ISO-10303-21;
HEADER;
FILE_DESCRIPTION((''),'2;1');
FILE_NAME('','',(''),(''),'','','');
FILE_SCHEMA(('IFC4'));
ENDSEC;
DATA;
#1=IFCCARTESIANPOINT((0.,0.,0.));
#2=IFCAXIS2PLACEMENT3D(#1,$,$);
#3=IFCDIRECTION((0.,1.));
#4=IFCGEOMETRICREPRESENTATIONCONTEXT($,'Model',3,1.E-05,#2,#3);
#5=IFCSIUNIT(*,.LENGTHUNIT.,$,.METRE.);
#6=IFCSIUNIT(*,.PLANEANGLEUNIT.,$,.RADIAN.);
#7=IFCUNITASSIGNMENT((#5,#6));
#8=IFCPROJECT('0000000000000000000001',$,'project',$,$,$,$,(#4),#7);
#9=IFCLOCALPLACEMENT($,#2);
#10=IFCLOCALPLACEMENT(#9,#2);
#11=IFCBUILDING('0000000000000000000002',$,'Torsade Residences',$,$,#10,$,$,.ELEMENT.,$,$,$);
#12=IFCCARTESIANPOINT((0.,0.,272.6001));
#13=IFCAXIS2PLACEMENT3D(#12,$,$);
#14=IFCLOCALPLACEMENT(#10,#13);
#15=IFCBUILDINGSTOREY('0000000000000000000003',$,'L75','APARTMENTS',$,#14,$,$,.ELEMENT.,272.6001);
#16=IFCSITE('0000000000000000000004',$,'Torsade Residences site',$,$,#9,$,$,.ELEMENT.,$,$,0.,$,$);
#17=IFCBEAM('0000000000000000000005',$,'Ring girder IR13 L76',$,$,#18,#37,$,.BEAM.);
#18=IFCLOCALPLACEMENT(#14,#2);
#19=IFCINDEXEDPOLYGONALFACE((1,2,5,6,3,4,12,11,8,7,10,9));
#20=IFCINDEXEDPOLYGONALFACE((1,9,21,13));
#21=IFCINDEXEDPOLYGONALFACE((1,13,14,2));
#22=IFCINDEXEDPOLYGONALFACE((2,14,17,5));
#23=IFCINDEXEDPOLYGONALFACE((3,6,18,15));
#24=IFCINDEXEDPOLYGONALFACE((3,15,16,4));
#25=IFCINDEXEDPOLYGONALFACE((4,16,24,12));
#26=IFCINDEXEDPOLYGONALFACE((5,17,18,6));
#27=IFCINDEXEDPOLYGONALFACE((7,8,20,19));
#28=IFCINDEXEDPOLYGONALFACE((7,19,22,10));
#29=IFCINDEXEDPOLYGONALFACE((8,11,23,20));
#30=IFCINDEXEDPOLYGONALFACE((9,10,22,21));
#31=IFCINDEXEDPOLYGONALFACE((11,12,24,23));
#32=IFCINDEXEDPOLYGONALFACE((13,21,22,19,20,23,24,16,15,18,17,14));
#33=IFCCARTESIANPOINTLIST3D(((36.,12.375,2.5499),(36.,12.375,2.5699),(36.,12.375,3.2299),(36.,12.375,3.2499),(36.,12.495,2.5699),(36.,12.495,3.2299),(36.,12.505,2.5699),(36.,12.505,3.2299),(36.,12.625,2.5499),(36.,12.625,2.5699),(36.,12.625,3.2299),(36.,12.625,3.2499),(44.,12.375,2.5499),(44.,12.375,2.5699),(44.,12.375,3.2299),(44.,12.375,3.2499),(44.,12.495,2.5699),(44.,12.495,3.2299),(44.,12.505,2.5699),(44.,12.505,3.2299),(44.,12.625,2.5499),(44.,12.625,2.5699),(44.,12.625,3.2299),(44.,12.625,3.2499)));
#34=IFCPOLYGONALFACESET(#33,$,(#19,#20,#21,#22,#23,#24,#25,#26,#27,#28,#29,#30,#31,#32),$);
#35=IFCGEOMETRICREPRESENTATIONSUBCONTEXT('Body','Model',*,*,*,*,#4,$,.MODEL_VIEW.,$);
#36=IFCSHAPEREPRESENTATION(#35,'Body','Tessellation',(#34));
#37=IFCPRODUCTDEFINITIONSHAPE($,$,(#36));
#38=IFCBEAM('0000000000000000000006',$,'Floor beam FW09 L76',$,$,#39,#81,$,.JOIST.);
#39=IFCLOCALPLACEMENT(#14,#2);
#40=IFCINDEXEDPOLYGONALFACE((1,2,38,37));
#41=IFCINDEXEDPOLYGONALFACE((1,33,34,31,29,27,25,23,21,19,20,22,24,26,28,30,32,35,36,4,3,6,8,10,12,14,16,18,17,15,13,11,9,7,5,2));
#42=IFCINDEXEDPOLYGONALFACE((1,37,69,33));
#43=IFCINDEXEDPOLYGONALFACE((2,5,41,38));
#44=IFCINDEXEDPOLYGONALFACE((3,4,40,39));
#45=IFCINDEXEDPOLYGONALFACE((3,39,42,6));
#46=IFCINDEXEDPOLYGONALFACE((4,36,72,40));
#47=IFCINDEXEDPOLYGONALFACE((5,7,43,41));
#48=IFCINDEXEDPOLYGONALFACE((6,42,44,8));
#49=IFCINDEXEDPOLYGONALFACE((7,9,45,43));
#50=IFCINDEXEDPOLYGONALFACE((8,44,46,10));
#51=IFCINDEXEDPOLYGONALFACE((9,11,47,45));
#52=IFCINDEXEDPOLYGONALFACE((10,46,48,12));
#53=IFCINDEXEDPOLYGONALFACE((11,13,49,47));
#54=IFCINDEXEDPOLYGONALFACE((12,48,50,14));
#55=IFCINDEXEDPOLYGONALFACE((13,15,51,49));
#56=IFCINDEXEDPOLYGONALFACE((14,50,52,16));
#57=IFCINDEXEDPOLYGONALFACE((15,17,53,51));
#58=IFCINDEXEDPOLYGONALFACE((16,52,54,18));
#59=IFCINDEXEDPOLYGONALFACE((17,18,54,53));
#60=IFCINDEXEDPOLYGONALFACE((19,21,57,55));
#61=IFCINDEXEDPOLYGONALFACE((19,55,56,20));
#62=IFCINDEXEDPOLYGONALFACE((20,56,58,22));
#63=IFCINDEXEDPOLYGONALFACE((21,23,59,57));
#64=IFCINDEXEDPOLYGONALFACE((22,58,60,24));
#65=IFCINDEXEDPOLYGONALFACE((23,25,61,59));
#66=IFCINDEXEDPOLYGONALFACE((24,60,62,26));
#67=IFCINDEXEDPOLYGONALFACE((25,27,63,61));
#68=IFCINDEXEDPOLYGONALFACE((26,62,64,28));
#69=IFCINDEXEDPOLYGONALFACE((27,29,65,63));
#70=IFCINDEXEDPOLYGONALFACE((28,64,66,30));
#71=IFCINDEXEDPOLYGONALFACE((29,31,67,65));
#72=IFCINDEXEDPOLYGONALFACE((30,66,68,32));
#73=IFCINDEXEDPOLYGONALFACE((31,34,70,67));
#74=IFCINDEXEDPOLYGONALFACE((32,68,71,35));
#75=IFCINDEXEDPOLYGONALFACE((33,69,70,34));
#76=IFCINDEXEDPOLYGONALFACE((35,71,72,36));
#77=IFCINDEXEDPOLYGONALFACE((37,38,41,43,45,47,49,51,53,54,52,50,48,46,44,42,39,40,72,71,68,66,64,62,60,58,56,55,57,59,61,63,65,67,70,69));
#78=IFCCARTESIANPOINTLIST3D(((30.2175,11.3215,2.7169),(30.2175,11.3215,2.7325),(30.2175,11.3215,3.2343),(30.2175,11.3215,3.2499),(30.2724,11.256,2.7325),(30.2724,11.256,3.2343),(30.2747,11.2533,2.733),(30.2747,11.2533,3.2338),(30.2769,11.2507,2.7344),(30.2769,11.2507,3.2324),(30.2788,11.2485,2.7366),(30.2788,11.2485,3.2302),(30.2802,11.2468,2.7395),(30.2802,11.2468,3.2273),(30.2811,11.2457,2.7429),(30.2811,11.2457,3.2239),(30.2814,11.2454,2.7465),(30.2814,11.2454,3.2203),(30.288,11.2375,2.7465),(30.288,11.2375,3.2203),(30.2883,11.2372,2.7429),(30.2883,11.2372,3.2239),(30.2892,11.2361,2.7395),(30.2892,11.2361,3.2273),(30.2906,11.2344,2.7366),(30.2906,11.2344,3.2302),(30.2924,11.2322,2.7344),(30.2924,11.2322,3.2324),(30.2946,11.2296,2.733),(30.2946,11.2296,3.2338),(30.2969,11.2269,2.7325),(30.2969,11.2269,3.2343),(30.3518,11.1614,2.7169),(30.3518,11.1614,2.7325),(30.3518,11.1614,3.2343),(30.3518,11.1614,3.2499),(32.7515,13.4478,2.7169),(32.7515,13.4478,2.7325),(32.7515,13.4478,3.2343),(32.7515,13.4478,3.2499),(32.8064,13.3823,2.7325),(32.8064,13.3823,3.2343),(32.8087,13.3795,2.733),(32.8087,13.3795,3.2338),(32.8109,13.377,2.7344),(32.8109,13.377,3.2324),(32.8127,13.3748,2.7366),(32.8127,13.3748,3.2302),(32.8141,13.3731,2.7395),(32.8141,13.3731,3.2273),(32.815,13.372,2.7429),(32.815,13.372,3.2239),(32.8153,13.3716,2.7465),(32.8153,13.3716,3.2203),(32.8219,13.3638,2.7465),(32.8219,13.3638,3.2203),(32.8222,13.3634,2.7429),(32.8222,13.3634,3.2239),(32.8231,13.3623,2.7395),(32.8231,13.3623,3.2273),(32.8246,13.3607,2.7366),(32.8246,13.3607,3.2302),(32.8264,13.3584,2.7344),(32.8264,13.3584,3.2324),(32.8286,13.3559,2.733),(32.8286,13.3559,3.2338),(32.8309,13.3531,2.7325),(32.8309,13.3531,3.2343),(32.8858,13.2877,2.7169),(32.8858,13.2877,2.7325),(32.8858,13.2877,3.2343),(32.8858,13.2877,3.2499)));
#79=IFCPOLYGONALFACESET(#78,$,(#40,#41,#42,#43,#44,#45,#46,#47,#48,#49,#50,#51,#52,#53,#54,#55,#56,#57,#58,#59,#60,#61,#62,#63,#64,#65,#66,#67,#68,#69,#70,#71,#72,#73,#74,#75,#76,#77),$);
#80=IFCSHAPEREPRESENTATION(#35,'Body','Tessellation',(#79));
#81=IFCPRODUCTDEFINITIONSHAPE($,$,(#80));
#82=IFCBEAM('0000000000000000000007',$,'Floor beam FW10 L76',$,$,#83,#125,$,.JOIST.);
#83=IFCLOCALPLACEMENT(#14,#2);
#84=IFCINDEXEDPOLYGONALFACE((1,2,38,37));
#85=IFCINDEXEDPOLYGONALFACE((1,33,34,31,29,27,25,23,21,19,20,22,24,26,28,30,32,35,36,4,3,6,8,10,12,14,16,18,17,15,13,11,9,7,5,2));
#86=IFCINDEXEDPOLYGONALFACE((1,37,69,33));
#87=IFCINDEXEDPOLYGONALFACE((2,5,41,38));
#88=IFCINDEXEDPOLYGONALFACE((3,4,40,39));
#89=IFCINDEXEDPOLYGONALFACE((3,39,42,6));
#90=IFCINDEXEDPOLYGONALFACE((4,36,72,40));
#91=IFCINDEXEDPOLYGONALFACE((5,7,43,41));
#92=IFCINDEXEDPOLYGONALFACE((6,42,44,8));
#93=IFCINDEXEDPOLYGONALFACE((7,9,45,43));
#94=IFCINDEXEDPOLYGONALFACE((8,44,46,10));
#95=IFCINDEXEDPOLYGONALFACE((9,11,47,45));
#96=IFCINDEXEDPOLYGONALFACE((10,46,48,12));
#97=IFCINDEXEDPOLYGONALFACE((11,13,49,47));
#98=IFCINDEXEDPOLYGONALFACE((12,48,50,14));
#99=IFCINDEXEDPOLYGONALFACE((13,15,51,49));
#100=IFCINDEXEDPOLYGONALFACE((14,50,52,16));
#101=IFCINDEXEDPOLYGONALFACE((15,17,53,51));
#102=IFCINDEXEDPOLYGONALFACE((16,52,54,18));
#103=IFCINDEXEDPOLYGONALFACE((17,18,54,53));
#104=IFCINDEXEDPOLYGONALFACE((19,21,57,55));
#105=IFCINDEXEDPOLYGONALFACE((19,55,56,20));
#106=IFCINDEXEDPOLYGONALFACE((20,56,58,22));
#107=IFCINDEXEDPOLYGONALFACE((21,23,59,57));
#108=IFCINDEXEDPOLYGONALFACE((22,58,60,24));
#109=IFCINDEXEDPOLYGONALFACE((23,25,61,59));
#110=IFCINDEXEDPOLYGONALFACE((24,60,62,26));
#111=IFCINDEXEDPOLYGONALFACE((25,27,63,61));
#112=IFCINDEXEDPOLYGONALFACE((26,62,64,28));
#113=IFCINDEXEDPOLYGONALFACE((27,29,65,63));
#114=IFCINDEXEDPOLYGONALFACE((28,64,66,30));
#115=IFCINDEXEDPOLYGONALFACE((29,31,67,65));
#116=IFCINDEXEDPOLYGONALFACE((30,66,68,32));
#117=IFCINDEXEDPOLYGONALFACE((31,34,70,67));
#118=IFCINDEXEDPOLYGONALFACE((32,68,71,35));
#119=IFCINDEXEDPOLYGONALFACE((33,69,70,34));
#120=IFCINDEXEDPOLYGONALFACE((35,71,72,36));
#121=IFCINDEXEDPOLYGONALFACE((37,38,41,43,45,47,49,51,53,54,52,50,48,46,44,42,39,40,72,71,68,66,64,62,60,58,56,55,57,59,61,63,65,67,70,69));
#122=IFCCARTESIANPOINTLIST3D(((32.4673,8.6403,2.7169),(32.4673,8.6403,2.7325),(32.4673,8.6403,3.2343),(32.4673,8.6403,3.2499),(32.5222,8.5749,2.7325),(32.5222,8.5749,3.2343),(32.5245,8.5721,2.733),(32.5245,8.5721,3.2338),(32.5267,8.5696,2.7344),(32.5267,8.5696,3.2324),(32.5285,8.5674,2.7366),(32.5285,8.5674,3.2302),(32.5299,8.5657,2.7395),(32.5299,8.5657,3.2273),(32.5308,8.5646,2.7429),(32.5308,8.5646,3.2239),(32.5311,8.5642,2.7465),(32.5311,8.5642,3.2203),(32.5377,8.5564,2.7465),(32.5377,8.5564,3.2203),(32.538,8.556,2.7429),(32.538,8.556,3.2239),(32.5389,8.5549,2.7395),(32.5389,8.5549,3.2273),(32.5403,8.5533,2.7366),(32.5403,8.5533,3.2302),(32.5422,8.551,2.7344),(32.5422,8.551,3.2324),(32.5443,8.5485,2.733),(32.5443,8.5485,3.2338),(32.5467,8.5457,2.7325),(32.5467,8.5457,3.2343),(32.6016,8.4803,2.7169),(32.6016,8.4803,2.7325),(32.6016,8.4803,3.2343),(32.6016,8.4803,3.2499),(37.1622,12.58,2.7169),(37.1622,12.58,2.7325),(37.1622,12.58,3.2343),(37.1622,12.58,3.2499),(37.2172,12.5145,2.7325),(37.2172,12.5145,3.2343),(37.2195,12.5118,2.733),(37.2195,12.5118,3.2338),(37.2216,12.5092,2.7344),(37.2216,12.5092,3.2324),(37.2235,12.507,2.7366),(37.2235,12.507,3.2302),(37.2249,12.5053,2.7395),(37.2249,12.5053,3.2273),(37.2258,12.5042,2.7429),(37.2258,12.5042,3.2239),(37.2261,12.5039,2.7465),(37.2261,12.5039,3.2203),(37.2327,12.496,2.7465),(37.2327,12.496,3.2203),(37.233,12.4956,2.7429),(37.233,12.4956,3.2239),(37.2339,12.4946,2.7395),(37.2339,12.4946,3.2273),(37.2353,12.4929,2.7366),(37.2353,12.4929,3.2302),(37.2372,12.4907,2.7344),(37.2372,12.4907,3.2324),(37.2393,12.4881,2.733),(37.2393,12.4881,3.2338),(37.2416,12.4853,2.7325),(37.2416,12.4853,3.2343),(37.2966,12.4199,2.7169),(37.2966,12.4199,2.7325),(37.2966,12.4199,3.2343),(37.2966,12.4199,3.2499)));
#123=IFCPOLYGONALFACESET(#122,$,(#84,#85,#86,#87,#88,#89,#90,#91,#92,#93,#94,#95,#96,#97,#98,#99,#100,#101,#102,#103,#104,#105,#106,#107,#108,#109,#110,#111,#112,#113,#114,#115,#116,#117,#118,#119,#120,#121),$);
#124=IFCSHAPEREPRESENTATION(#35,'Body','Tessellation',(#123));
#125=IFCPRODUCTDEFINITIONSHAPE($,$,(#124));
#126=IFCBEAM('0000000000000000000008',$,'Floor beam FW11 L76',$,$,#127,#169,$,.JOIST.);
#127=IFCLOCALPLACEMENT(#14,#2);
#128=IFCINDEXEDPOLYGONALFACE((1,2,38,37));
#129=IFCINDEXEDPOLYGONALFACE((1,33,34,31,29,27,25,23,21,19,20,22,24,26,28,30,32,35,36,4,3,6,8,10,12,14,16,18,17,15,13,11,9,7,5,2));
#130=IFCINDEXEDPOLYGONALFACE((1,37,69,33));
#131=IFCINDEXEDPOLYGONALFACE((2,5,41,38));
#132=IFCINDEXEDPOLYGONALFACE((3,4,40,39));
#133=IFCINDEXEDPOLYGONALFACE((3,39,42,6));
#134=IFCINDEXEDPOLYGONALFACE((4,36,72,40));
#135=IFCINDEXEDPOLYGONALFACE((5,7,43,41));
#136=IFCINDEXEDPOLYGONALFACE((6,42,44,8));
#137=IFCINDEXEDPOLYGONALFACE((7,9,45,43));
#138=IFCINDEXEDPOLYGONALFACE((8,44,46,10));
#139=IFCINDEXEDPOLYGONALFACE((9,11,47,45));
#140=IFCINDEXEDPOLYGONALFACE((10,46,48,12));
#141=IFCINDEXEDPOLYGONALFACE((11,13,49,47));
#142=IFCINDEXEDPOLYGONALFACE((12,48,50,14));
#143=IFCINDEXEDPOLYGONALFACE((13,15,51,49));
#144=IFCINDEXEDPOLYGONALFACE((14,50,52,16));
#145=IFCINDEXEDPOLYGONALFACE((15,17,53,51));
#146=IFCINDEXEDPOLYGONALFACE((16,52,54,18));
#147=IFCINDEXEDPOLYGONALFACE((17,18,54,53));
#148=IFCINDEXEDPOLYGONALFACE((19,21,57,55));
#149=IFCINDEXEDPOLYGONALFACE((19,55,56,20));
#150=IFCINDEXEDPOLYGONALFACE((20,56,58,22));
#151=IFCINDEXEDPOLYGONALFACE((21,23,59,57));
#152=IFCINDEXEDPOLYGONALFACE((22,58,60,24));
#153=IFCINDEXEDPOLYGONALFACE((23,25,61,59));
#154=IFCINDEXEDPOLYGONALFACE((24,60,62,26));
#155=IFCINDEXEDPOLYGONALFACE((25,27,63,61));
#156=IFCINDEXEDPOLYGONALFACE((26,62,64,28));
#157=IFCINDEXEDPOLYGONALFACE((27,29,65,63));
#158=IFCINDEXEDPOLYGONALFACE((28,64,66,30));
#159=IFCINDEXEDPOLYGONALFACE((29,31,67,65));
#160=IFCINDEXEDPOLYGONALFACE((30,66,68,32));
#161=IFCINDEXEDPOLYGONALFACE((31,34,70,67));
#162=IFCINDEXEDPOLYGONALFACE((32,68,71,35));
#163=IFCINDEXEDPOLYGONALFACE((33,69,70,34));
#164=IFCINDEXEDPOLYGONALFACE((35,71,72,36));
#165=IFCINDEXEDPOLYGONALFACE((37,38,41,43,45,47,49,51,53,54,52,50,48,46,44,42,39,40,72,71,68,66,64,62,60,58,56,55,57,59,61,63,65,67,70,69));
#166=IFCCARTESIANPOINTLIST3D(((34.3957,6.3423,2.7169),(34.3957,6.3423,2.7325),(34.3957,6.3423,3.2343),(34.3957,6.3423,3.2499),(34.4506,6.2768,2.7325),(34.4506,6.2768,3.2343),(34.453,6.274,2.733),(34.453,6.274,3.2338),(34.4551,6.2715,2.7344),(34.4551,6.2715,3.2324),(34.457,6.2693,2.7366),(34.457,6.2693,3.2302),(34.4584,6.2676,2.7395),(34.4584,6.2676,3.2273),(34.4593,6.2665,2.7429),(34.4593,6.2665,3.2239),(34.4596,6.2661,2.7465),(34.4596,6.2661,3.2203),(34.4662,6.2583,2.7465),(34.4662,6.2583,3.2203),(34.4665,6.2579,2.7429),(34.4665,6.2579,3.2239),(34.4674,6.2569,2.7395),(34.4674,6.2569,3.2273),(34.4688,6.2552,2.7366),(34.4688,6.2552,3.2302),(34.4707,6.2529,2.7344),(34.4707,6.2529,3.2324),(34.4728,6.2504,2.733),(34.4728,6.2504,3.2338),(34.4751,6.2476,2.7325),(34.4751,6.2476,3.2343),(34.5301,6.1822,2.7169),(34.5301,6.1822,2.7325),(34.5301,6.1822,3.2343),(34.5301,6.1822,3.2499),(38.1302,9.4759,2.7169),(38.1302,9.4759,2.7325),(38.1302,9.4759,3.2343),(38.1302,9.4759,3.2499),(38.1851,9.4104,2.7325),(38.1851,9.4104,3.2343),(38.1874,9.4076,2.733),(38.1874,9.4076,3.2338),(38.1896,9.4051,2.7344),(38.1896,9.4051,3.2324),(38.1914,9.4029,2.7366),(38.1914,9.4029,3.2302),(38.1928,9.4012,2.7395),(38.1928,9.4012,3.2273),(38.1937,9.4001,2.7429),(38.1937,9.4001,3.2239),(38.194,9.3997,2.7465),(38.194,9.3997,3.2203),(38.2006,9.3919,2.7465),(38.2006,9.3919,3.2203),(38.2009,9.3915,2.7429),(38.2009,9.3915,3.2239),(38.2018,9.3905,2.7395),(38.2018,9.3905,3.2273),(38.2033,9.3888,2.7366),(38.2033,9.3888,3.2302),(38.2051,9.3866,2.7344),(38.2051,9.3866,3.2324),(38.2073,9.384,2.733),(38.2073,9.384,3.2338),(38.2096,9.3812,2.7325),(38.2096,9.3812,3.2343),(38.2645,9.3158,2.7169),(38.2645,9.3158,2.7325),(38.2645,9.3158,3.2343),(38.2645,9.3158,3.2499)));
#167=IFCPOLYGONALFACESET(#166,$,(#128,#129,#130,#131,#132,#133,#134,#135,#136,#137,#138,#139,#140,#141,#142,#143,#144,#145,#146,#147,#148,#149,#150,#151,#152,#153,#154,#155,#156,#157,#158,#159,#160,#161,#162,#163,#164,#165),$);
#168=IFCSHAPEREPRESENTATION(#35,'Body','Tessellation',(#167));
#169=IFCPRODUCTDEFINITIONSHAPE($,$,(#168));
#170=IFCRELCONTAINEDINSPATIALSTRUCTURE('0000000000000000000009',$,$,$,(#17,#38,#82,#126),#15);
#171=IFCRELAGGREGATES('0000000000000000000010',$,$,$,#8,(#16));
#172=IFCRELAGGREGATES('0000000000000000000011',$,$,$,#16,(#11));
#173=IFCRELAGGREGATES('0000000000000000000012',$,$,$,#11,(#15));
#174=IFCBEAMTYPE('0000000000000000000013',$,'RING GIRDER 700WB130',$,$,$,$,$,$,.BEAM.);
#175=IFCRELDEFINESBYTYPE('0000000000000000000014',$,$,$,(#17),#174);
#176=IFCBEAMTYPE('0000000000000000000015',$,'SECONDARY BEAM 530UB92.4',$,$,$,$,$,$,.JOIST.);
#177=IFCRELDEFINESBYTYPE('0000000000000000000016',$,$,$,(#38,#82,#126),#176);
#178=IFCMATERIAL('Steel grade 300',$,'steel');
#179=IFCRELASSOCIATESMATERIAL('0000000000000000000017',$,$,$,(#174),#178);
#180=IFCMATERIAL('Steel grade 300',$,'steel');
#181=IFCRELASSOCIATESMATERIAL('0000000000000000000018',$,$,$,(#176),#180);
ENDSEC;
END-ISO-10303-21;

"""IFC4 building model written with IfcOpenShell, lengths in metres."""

from ifc_helpers import new_model, si_unit, direction, frame, origin, origin_2d, place, context, subcontext, project, spatial, i_section, extrude, material, material_profile, profile_set, type_object, element, save


model = new_model("IFC4")

# Units and contexts
model_context = context("Model", 3, precision=1e-05, world=origin(), true_north=direction((0.0, 1.0)))
body_context = subcontext(model_context, "Body", "Model", "MODEL_VIEW")
ifc_project = project(units=[si_unit("LENGTHUNIT", "METRE"), si_unit("PLANEANGLEUNIT", "RADIAN")], contexts=[model_context])

# Site, building, storey
site_placement = place(None, origin())
site = spatial("IfcSite", under=ifc_project, at=site_placement, Name="Torsade Residences site", CompositionType="ELEMENT", RefElevation=0.0)
building_placement = place(site_placement, origin())
building = spatial("IfcBuilding", under=site, at=building_placement, Name="Torsade Residences", CompositionType="ELEMENT")
storey_placement = place(building_placement, frame((0.0, 0.0, 272.6001)))
storey = spatial("IfcBuildingStorey", under=building, at=storey_placement, Name="L75", Description="APARTMENTS", CompositionType="ELEMENT", Elevation=272.6001)

# Beams
ifc_material_1 = material(Name="Steel grade 300", Category="steel")
ifc_material_profile_1 = material_profile(ifc_material_1, i_section(OverallWidth=0.25, OverallDepth=0.7, WebThickness=0.01, FlangeThickness=0.02, at=origin_2d()), Name="700WB130")
ifc_profile_set_1 = profile_set([ifc_material_profile_1], Name="Steel grade 300")
beam_type_1 = type_object("IfcBeamType", Name="RING GIRDER 700WB130", PredefinedType="BEAM", material=ifc_profile_set_1)
beam_1_placement = place(storey_placement, frame((36.0, 12.5, 2.8999), z_axis=(1.0, 0.0, 0.0), x_axis=(0.0, 1.0, 0.0)))
element("IfcBeam", 1, at=beam_1_placement, inside=storey, type_object=beam_type_1, Name="Ring girder IR13 L76", PredefinedType="BEAM", context=body_context, shape_type="SweptSolid", body=[
    extrude(i_section(OverallWidth=0.25, OverallDepth=0.7, WebThickness=0.01, FlangeThickness=0.02, at=origin_2d()), origin(), (0.0, 0.0, 1.0), 8.0),
])
ifc_material_2 = material(Name="Steel grade 300", Category="steel")
ifc_material_profile_2 = material_profile(ifc_material_2, i_section(OverallWidth=0.209, OverallDepth=0.533, WebThickness=0.0103, FlangeThickness=0.0156, FilletRadius=0.0139, at=origin_2d()), Name="530UB92.4")
ifc_profile_set_2 = profile_set([ifc_material_profile_2], Name="Steel grade 300")
beam_type_2 = type_object("IfcBeamType", Name="SECONDARY BEAM 530UB92.4", PredefinedType="JOIST", material=ifc_profile_set_2)
beam_2_placement = place(storey_placement, frame((30.2847, 11.2415, 2.9834), z_axis=(0.766045, 0.642787, 0.0), x_axis=(-0.642787, 0.766045, 0.0)))
element("IfcBeam", 2, at=beam_2_placement, inside=storey, type_object=beam_type_2, Name="Floor beam FW09 L76", PredefinedType="JOIST", context=body_context, shape_type="SweptSolid", body=[
    extrude(i_section(OverallWidth=0.209, OverallDepth=0.533, WebThickness=0.0103, FlangeThickness=0.0156, FilletRadius=0.0139, at=origin_2d()), origin(), (0.0, 0.0, 1.0), 3.3079),
])
beam_3_placement = place(storey_placement, frame((32.5344, 8.5603, 2.9834), z_axis=(0.766039, 0.642794, 0.0), x_axis=(-0.642794, 0.766039, 0.0)))
element("IfcBeam", 3, at=beam_3_placement, inside=storey, type_object=beam_type_2, Name="Floor beam FW10 L76", PredefinedType="JOIST", context=body_context, shape_type="SweptSolid", body=[
    extrude(i_section(OverallWidth=0.209, OverallDepth=0.533, WebThickness=0.0103, FlangeThickness=0.0156, FilletRadius=0.0139, at=origin_2d()), origin(), (0.0, 0.0, 1.0), 6.1289),
])
beam_4_placement = place(storey_placement, frame((34.4629, 6.2622, 2.9834), z_axis=(0.766041, 0.642791, 0.0), x_axis=(-0.642791, 0.766041, 0.0)))
element("IfcBeam", 4, at=beam_4_placement, inside=storey, type_object=beam_type_2, Name="Floor beam FW11 L76", PredefinedType="JOIST", context=body_context, shape_type="SweptSolid", body=[
    extrude(i_section(OverallWidth=0.209, OverallDepth=0.533, WebThickness=0.0103, FlangeThickness=0.0156, FilletRadius=0.0139, at=origin_2d()), origin(), (0.0, 0.0, 1.0), 4.875),
])

save(model, "model.ifc")
